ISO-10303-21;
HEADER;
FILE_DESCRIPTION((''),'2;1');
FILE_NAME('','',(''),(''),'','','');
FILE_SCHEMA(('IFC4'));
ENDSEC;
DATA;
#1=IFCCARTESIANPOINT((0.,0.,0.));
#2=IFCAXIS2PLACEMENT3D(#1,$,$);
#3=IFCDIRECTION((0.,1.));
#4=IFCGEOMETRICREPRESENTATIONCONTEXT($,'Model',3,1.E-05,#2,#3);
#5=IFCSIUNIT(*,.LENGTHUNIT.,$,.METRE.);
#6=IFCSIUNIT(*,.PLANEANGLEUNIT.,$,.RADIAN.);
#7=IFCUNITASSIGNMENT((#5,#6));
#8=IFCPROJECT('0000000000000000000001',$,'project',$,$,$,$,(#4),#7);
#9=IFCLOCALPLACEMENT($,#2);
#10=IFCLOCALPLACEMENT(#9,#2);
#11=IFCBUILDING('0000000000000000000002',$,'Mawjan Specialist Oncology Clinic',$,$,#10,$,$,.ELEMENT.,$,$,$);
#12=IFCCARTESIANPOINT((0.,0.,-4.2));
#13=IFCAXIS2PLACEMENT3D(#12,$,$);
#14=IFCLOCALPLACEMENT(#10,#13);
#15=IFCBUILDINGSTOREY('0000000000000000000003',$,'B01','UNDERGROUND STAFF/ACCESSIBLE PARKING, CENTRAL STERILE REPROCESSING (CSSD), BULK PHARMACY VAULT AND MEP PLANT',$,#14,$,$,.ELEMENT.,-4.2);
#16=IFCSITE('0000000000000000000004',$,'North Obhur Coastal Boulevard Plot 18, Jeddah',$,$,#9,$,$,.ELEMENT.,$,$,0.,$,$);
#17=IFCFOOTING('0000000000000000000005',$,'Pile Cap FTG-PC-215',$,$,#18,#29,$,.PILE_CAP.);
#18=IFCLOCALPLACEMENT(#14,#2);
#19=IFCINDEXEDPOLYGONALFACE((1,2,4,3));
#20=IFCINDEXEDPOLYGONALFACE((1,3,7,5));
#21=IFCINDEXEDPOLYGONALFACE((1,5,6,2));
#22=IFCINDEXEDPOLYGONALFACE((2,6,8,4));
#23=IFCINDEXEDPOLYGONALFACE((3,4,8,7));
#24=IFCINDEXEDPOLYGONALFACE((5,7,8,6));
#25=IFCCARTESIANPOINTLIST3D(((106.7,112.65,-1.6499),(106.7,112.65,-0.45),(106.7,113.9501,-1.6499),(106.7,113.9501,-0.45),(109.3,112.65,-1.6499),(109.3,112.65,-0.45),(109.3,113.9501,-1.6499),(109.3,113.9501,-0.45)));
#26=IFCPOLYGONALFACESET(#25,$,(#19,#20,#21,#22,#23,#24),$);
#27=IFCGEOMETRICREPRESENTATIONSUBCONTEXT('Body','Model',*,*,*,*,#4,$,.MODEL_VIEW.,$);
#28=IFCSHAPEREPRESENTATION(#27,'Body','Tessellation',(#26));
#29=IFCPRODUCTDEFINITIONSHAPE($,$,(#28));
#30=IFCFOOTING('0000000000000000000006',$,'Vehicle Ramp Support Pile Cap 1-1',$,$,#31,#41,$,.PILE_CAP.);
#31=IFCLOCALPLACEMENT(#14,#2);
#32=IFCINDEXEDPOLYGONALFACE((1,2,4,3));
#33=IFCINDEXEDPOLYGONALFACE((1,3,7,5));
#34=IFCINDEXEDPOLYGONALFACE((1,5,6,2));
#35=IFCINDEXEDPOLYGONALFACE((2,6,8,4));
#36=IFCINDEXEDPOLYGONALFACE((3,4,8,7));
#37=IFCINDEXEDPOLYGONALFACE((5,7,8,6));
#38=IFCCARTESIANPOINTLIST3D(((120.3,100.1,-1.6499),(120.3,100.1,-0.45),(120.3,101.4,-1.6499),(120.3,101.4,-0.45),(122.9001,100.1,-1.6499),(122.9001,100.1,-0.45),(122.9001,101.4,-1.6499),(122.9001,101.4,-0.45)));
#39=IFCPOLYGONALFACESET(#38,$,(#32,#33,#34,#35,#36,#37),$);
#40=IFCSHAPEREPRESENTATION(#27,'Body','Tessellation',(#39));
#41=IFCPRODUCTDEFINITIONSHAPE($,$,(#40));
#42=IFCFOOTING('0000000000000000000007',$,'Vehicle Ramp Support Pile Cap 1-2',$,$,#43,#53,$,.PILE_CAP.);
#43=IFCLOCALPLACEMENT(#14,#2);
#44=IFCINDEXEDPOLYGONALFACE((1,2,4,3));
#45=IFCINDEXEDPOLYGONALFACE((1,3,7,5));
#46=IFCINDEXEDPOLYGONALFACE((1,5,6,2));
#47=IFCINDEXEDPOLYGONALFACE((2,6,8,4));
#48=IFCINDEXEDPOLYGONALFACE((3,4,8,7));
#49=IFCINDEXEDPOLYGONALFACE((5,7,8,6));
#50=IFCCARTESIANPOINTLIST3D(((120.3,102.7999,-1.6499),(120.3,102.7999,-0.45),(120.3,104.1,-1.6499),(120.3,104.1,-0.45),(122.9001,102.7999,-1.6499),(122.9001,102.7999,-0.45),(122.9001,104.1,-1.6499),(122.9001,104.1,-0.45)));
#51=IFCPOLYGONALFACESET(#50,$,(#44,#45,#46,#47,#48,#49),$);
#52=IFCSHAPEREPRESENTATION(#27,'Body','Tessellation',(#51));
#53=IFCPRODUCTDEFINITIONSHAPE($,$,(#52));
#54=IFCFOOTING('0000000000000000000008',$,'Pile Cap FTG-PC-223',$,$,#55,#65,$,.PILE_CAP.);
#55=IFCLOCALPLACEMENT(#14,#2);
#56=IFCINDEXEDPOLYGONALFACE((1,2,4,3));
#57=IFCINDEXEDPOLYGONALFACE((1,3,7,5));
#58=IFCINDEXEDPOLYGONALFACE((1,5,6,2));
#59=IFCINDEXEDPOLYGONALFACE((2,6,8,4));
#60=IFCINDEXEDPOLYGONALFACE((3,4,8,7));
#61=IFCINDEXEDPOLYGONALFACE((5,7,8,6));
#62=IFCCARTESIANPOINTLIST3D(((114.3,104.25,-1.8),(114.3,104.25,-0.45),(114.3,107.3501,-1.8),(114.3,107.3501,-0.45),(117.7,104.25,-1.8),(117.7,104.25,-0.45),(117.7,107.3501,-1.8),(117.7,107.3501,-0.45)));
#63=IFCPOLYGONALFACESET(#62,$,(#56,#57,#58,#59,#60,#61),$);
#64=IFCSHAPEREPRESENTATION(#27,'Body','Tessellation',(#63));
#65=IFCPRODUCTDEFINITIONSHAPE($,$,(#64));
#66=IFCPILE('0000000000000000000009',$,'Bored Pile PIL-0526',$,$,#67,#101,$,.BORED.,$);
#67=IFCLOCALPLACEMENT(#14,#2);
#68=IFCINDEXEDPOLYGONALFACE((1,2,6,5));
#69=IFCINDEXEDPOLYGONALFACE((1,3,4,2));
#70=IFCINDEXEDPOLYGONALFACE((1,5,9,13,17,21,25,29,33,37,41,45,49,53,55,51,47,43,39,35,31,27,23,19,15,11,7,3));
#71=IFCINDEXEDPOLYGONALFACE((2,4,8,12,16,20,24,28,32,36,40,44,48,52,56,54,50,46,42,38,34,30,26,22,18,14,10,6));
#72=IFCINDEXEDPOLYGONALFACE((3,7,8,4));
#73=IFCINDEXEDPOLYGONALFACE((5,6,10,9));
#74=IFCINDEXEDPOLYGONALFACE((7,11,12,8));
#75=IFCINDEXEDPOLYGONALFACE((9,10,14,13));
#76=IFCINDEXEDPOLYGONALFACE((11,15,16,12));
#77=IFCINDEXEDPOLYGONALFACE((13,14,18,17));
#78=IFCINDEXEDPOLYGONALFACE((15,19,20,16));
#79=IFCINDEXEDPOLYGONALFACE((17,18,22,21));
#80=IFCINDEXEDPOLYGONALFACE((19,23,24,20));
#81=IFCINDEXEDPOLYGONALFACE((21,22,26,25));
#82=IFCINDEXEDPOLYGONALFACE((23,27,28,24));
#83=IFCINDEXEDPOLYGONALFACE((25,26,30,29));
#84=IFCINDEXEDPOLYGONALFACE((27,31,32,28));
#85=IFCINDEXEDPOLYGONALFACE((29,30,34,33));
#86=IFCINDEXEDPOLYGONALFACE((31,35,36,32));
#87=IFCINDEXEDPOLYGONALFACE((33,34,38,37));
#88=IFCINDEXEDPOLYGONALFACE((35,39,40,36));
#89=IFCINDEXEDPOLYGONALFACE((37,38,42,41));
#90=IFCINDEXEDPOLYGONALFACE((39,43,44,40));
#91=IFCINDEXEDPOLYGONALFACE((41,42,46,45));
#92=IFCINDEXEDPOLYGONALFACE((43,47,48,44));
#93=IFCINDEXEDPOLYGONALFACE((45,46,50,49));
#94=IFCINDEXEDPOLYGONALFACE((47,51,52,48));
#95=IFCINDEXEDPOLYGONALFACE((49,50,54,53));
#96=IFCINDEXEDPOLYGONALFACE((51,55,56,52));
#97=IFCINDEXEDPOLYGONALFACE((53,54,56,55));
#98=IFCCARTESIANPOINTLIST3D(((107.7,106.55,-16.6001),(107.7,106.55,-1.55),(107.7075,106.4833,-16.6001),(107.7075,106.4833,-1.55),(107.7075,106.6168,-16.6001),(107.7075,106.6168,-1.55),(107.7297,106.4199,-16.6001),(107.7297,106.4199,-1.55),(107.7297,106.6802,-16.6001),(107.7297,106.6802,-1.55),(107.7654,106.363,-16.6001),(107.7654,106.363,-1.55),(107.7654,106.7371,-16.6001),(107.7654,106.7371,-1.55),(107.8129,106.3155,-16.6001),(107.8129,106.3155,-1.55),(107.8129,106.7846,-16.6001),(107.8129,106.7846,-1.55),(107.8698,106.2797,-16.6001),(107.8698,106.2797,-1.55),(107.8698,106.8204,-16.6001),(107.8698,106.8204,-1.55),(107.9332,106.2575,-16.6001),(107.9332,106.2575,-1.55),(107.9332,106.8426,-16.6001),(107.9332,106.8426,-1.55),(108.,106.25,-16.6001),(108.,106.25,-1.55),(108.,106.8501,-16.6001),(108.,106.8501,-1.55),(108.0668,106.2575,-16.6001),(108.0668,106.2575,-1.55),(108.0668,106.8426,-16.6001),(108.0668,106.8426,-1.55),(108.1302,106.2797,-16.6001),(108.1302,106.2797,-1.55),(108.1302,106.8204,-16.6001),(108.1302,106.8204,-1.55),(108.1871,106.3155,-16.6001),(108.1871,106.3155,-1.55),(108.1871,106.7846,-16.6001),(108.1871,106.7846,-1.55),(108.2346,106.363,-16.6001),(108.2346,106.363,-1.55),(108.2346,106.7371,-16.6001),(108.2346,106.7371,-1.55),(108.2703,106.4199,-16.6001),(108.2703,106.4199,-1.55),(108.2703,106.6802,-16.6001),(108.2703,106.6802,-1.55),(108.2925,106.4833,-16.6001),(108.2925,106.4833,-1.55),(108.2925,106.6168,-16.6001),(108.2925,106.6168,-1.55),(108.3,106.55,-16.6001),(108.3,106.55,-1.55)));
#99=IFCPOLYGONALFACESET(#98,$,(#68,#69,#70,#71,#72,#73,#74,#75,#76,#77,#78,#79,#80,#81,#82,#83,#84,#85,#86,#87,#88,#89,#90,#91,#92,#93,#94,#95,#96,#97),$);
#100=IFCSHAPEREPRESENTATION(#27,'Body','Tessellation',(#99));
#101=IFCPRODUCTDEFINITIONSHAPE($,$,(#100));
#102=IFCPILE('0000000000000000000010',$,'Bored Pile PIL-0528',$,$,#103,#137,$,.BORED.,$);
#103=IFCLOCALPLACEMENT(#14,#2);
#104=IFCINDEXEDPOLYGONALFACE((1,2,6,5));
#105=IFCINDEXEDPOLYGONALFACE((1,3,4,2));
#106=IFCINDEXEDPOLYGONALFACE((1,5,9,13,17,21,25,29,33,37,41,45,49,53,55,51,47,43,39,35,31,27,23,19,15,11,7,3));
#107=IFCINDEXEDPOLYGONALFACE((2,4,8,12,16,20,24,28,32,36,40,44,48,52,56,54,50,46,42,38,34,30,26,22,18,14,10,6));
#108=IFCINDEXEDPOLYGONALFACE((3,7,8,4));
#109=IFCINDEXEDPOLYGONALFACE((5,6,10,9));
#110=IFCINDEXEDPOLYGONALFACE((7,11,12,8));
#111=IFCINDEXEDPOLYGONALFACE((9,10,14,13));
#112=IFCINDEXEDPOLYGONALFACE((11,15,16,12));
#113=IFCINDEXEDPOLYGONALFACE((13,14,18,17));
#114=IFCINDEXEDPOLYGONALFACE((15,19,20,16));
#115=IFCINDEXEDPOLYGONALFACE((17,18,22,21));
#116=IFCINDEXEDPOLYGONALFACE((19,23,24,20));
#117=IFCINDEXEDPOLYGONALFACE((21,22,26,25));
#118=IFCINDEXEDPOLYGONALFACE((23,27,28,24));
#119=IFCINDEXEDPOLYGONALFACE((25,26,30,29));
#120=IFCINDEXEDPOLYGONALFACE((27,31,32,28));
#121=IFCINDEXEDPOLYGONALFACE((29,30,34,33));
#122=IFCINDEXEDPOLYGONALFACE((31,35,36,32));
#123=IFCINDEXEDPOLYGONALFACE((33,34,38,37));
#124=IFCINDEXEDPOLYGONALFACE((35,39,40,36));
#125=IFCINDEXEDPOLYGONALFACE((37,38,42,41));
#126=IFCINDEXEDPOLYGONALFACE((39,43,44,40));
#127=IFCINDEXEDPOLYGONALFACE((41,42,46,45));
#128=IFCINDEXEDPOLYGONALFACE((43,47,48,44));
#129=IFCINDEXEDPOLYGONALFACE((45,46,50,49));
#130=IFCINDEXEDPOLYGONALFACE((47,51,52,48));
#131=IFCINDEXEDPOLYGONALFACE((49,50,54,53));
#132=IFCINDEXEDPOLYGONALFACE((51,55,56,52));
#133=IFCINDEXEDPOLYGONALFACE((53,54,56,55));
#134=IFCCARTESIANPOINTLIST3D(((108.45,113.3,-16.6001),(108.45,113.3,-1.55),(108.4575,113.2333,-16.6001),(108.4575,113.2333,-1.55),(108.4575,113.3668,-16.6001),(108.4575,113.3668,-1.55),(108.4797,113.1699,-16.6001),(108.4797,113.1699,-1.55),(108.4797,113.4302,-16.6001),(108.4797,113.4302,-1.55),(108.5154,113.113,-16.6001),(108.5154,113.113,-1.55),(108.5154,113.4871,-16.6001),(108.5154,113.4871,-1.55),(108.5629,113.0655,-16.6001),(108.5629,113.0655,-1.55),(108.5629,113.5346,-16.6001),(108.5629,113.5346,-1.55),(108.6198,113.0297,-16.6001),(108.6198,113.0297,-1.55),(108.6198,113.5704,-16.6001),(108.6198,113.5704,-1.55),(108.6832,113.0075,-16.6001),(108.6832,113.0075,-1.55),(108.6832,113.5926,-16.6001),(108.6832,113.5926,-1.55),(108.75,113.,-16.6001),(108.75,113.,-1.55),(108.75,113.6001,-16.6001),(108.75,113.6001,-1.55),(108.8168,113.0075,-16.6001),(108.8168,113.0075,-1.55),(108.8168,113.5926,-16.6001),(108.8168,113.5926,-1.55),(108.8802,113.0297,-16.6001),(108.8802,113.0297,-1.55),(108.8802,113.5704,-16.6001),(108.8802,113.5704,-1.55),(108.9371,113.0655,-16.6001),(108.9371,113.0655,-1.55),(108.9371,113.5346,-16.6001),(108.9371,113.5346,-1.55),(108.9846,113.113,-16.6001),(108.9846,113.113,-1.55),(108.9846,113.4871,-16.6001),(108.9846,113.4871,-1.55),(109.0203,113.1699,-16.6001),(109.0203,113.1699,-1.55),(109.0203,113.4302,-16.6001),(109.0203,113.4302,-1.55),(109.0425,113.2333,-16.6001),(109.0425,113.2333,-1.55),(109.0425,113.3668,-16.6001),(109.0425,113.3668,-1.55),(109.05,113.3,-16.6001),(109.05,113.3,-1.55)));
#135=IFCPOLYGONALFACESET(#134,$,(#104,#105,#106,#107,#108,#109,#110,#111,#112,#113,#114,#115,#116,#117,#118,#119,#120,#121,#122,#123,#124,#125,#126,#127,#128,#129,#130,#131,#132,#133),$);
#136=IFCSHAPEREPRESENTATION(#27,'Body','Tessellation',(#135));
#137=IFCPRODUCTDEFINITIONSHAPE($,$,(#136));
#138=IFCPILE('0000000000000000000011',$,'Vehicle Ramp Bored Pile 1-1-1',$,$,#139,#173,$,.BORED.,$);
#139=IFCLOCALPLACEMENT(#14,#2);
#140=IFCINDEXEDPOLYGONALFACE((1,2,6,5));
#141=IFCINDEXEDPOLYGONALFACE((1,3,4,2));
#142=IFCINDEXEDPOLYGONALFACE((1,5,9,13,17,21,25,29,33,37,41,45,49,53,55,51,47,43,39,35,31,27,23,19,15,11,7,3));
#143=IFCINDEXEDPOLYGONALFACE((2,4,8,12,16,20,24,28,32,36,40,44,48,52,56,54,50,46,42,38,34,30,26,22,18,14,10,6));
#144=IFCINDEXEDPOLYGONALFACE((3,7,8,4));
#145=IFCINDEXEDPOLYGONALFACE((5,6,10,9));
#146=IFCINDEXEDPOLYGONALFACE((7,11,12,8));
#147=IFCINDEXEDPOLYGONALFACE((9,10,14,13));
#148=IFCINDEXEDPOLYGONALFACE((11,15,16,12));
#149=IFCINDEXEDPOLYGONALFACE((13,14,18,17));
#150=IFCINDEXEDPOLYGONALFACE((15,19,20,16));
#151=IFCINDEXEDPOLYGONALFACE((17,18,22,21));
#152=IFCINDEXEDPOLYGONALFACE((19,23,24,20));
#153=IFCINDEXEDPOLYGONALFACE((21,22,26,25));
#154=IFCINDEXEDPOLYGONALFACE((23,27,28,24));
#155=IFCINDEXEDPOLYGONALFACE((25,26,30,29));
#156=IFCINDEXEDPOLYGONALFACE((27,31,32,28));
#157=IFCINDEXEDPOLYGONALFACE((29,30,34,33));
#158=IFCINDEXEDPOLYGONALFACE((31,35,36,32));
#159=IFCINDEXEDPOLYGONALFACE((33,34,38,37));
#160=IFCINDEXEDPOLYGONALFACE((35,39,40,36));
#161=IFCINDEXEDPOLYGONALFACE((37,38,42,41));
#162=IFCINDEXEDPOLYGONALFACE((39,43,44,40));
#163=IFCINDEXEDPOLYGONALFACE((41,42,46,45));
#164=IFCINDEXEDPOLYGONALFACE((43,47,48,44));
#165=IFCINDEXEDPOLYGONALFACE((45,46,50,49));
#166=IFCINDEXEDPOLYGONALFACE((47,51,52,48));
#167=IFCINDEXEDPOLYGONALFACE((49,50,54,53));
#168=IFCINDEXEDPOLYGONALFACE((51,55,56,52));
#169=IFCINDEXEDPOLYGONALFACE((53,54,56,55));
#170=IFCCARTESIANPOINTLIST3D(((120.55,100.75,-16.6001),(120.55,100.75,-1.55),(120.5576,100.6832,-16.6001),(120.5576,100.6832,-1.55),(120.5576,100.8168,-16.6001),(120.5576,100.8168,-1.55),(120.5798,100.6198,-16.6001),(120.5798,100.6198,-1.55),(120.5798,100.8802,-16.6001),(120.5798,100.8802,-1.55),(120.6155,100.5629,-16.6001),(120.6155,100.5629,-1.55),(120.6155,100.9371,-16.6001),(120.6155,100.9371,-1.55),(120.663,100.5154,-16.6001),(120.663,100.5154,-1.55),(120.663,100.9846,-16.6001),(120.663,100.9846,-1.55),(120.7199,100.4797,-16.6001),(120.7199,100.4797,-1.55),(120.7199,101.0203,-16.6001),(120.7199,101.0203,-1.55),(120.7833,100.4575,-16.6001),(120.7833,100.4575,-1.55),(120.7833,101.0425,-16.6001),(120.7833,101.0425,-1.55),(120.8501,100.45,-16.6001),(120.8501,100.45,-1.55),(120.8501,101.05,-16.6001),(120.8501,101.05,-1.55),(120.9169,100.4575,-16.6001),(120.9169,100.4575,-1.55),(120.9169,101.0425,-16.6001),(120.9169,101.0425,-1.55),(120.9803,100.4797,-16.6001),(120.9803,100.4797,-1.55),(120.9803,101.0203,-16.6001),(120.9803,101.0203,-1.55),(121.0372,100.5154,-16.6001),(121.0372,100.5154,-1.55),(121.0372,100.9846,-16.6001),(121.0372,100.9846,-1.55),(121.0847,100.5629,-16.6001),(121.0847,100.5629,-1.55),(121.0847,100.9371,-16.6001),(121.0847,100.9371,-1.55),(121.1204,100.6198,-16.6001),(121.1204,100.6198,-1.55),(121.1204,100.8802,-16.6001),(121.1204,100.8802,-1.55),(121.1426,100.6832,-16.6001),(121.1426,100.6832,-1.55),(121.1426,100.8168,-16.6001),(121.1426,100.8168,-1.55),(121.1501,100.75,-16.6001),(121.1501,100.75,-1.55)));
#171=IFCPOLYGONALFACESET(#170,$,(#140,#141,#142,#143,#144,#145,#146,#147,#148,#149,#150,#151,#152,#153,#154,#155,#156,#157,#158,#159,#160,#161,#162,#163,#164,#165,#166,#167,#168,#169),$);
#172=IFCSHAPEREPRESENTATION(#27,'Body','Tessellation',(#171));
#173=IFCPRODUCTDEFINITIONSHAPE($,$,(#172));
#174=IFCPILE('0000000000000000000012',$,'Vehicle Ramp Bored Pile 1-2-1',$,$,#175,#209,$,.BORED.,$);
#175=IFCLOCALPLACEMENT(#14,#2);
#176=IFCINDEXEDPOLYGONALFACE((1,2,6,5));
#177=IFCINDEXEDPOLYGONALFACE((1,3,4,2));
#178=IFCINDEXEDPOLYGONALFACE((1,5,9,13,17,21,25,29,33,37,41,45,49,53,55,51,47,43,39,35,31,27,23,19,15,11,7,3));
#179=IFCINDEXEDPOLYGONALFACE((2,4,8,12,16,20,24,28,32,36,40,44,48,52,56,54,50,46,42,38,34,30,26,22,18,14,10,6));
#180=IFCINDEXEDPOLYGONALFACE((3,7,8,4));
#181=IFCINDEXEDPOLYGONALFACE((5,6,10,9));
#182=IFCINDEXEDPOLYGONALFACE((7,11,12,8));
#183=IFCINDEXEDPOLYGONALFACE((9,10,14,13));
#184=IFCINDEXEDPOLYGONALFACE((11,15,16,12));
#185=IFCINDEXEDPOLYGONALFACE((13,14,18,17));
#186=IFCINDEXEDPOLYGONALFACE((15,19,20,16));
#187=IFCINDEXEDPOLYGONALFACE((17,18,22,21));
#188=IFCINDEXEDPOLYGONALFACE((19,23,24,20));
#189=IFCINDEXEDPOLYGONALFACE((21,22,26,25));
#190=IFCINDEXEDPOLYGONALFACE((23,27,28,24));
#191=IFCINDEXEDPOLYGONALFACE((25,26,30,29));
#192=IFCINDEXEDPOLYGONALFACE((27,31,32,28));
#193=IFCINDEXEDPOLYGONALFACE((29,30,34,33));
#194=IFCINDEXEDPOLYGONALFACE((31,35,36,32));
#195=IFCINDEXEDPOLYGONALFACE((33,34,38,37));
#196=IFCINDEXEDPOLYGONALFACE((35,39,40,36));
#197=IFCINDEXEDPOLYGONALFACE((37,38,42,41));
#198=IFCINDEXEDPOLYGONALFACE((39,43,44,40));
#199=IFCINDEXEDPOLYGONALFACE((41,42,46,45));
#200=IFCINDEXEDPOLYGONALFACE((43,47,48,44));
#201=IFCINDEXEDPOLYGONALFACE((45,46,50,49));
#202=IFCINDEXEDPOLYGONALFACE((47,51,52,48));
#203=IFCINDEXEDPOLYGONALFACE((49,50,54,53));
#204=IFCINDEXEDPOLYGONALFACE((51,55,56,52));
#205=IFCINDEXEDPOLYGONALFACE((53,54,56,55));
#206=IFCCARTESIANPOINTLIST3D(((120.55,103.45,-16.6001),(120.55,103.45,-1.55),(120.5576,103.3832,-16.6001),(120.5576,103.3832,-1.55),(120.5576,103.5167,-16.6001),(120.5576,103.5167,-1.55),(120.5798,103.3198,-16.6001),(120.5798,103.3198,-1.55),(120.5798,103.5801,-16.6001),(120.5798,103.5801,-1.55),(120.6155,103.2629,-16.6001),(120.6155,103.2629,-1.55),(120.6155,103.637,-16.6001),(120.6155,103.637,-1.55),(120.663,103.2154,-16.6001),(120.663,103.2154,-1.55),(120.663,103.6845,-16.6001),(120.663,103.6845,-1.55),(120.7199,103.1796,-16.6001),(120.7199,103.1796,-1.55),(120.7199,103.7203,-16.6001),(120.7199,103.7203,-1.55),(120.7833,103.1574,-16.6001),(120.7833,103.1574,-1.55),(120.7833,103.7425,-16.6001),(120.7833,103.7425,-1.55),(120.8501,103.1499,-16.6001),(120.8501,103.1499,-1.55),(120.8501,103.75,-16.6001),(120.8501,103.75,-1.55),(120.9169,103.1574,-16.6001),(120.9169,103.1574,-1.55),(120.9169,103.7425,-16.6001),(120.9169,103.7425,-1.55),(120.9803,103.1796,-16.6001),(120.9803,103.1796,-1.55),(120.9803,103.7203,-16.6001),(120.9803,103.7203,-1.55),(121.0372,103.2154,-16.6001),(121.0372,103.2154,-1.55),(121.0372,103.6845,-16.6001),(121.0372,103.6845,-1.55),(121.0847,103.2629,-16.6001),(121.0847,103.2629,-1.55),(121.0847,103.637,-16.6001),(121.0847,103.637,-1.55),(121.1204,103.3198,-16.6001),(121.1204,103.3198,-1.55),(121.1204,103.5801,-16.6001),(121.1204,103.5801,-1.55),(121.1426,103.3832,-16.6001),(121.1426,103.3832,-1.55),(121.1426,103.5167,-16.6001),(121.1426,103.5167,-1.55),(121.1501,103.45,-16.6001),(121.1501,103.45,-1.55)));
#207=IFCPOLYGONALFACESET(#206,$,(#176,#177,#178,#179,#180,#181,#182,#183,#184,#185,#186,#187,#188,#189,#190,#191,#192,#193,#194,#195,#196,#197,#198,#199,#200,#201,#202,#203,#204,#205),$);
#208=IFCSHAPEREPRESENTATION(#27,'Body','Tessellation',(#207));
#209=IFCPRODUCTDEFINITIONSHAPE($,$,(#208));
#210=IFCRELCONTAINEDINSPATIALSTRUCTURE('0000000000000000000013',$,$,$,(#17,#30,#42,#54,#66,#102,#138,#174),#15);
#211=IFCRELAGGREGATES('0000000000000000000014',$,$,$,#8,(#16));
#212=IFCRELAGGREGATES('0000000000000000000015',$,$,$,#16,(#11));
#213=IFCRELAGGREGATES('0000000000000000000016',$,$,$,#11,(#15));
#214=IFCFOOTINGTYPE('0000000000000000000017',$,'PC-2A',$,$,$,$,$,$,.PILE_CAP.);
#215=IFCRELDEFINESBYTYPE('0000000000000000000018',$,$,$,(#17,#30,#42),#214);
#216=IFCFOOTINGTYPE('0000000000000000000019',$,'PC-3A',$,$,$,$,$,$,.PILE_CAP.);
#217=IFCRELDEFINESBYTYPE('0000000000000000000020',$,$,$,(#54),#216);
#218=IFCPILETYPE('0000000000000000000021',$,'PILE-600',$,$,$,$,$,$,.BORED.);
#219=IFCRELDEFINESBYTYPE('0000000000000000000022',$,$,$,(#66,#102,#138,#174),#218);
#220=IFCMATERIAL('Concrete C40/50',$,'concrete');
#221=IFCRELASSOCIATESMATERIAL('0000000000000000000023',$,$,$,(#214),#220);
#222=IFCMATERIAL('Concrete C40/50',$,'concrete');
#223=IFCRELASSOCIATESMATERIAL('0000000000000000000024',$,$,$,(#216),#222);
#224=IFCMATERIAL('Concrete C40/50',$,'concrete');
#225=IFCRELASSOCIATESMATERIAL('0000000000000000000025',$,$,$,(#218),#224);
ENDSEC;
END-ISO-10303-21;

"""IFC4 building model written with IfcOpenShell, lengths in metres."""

from ifc_helpers import new_model, si_unit, direction, frame, origin, origin_2d, place, context, subcontext, project, spatial, rectangle, circle, extrude, material, material_profile, profile_set, type_object, element, save


model = new_model("IFC4")

# Units and contexts
model_context = context("Model", 3, precision=1e-05, world=origin(), true_north=direction((0.0, 1.0)))
body_context = subcontext(model_context, "Body", "Model", "MODEL_VIEW")
ifc_project = project(units=[si_unit("LENGTHUNIT", "METRE"), si_unit("PLANEANGLEUNIT", "RADIAN")], contexts=[model_context])

# Site, building, storey
site_placement = place(None, origin())
site = spatial("IfcSite", under=ifc_project, at=site_placement, Name="North Obhur Coastal Boulevard Plot 18, Jeddah", CompositionType="ELEMENT", RefElevation=0.0)
building_placement = place(site_placement, origin())
building = spatial("IfcBuilding", under=site, at=building_placement, Name="Mawjan Specialist Oncology Clinic", CompositionType="ELEMENT")
storey_placement = place(building_placement, frame((0.0, 0.0, -4.2)))
storey = spatial("IfcBuildingStorey", under=building, at=storey_placement, Name="B01", Description="UNDERGROUND STAFF/ACCESSIBLE PARKING, CENTRAL STERILE REPROCESSING (CSSD), BULK PHARMACY VAULT AND MEP PLANT", CompositionType="ELEMENT", Elevation=-4.2)

# Footings
ifc_material_1 = material(Name="Concrete C40/50", Category="concrete")
footing_type_1 = type_object("IfcFootingType", Name="PC-2A", PredefinedType="PILE_CAP", material=ifc_material_1)
for number, where, z_axis, x_axis, name in (
    (1, (108.0, 113.3, -1.6499), (0.0, 0.0, 1.0), (1.0, 0.0, 0.0), "Pile Cap FTG-PC-215"),
    (2, (121.6001, 100.75, -1.6499), (0.0, 0.0, 1.0), (1.0, 0.0, 0.0), "Vehicle Ramp Support Pile Cap 1-1"),
    (3, (121.6001, 103.45, -1.6499), (0.0, 0.0, 1.0), (1.0, 0.0, 0.0), "Vehicle Ramp Support Pile Cap 1-2"),
):
    element("IfcFooting", number, at=place(storey_placement, frame(where, z_axis=z_axis, x_axis=x_axis)), inside=storey, type_object=footing_type_1, Name=name, PredefinedType="PILE_CAP", context=body_context, shape_type="SweptSolid", body=[
        extrude(rectangle(XDim=2.6001, YDim=1.3, at=origin_2d()), origin(), (0.0, 0.0, 1.0), 1.2),
    ])
ifc_material_2 = material(Name="Concrete C40/50", Category="concrete")
footing_type_2 = type_object("IfcFootingType", Name="PC-3A", PredefinedType="PILE_CAP", material=ifc_material_2)
footing_1_placement = place(storey_placement, frame((116.0, 105.8, -1.8), z_axis=(0.0, 0.0, 1.0), x_axis=(1.0, 0.0, 0.0)))
element("IfcFooting", 4, at=footing_1_placement, inside=storey, type_object=footing_type_2, Name="Pile Cap FTG-PC-223", PredefinedType="PILE_CAP", context=body_context, shape_type="SweptSolid", body=[
    extrude(rectangle(XDim=3.3999, YDim=3.1001, at=origin_2d()), origin(), (0.0, 0.0, 1.0), 1.3501),
])

# Piles
ifc_material_3 = material(Name="Concrete C40/50", Category="concrete")
ifc_material_profile_1 = material_profile(ifc_material_3, circle(Radius=0.3, at=origin_2d()), Name="BORED PILE D600", Category="concrete")
ifc_profile_set_1 = profile_set([ifc_material_profile_1], Name="Concrete C40/50")
pile_type_1 = type_object("IfcPileType", Name="PILE-600", PredefinedType="BORED", material=ifc_profile_set_1)
for number, where, z_axis, x_axis, name in (
    (5, (108.0, 106.55, -1.55), (0.0, 0.0, -1.0), (1.0, 0.0, 0.0), "Bored Pile PIL-0526"),
    (6, (108.75, 113.3, -1.55), (0.0, 0.0, -1.0), (1.0, 0.0, 0.0), "Bored Pile PIL-0528"),
    (7, (120.8501, 100.75, -1.55), (0.0, 0.0, -1.0), (1.0, 0.0, 0.0), "Vehicle Ramp Bored Pile 1-1-1"),
    (8, (120.8501, 103.45, -1.55), (0.0, 0.0, -1.0), (1.0, 0.0, 0.0), "Vehicle Ramp Bored Pile 1-2-1"),
):
    element("IfcPile", number, at=place(storey_placement, frame(where, z_axis=z_axis, x_axis=x_axis)), inside=storey, type_object=pile_type_1, Name=name, PredefinedType="BORED", context=body_context, shape_type="SweptSolid", body=[
        extrude(circle(Radius=0.3, at=origin_2d()), origin(), (0.0, 0.0, 1.0), 15.05),
    ])

save(model, "model.ifc")
